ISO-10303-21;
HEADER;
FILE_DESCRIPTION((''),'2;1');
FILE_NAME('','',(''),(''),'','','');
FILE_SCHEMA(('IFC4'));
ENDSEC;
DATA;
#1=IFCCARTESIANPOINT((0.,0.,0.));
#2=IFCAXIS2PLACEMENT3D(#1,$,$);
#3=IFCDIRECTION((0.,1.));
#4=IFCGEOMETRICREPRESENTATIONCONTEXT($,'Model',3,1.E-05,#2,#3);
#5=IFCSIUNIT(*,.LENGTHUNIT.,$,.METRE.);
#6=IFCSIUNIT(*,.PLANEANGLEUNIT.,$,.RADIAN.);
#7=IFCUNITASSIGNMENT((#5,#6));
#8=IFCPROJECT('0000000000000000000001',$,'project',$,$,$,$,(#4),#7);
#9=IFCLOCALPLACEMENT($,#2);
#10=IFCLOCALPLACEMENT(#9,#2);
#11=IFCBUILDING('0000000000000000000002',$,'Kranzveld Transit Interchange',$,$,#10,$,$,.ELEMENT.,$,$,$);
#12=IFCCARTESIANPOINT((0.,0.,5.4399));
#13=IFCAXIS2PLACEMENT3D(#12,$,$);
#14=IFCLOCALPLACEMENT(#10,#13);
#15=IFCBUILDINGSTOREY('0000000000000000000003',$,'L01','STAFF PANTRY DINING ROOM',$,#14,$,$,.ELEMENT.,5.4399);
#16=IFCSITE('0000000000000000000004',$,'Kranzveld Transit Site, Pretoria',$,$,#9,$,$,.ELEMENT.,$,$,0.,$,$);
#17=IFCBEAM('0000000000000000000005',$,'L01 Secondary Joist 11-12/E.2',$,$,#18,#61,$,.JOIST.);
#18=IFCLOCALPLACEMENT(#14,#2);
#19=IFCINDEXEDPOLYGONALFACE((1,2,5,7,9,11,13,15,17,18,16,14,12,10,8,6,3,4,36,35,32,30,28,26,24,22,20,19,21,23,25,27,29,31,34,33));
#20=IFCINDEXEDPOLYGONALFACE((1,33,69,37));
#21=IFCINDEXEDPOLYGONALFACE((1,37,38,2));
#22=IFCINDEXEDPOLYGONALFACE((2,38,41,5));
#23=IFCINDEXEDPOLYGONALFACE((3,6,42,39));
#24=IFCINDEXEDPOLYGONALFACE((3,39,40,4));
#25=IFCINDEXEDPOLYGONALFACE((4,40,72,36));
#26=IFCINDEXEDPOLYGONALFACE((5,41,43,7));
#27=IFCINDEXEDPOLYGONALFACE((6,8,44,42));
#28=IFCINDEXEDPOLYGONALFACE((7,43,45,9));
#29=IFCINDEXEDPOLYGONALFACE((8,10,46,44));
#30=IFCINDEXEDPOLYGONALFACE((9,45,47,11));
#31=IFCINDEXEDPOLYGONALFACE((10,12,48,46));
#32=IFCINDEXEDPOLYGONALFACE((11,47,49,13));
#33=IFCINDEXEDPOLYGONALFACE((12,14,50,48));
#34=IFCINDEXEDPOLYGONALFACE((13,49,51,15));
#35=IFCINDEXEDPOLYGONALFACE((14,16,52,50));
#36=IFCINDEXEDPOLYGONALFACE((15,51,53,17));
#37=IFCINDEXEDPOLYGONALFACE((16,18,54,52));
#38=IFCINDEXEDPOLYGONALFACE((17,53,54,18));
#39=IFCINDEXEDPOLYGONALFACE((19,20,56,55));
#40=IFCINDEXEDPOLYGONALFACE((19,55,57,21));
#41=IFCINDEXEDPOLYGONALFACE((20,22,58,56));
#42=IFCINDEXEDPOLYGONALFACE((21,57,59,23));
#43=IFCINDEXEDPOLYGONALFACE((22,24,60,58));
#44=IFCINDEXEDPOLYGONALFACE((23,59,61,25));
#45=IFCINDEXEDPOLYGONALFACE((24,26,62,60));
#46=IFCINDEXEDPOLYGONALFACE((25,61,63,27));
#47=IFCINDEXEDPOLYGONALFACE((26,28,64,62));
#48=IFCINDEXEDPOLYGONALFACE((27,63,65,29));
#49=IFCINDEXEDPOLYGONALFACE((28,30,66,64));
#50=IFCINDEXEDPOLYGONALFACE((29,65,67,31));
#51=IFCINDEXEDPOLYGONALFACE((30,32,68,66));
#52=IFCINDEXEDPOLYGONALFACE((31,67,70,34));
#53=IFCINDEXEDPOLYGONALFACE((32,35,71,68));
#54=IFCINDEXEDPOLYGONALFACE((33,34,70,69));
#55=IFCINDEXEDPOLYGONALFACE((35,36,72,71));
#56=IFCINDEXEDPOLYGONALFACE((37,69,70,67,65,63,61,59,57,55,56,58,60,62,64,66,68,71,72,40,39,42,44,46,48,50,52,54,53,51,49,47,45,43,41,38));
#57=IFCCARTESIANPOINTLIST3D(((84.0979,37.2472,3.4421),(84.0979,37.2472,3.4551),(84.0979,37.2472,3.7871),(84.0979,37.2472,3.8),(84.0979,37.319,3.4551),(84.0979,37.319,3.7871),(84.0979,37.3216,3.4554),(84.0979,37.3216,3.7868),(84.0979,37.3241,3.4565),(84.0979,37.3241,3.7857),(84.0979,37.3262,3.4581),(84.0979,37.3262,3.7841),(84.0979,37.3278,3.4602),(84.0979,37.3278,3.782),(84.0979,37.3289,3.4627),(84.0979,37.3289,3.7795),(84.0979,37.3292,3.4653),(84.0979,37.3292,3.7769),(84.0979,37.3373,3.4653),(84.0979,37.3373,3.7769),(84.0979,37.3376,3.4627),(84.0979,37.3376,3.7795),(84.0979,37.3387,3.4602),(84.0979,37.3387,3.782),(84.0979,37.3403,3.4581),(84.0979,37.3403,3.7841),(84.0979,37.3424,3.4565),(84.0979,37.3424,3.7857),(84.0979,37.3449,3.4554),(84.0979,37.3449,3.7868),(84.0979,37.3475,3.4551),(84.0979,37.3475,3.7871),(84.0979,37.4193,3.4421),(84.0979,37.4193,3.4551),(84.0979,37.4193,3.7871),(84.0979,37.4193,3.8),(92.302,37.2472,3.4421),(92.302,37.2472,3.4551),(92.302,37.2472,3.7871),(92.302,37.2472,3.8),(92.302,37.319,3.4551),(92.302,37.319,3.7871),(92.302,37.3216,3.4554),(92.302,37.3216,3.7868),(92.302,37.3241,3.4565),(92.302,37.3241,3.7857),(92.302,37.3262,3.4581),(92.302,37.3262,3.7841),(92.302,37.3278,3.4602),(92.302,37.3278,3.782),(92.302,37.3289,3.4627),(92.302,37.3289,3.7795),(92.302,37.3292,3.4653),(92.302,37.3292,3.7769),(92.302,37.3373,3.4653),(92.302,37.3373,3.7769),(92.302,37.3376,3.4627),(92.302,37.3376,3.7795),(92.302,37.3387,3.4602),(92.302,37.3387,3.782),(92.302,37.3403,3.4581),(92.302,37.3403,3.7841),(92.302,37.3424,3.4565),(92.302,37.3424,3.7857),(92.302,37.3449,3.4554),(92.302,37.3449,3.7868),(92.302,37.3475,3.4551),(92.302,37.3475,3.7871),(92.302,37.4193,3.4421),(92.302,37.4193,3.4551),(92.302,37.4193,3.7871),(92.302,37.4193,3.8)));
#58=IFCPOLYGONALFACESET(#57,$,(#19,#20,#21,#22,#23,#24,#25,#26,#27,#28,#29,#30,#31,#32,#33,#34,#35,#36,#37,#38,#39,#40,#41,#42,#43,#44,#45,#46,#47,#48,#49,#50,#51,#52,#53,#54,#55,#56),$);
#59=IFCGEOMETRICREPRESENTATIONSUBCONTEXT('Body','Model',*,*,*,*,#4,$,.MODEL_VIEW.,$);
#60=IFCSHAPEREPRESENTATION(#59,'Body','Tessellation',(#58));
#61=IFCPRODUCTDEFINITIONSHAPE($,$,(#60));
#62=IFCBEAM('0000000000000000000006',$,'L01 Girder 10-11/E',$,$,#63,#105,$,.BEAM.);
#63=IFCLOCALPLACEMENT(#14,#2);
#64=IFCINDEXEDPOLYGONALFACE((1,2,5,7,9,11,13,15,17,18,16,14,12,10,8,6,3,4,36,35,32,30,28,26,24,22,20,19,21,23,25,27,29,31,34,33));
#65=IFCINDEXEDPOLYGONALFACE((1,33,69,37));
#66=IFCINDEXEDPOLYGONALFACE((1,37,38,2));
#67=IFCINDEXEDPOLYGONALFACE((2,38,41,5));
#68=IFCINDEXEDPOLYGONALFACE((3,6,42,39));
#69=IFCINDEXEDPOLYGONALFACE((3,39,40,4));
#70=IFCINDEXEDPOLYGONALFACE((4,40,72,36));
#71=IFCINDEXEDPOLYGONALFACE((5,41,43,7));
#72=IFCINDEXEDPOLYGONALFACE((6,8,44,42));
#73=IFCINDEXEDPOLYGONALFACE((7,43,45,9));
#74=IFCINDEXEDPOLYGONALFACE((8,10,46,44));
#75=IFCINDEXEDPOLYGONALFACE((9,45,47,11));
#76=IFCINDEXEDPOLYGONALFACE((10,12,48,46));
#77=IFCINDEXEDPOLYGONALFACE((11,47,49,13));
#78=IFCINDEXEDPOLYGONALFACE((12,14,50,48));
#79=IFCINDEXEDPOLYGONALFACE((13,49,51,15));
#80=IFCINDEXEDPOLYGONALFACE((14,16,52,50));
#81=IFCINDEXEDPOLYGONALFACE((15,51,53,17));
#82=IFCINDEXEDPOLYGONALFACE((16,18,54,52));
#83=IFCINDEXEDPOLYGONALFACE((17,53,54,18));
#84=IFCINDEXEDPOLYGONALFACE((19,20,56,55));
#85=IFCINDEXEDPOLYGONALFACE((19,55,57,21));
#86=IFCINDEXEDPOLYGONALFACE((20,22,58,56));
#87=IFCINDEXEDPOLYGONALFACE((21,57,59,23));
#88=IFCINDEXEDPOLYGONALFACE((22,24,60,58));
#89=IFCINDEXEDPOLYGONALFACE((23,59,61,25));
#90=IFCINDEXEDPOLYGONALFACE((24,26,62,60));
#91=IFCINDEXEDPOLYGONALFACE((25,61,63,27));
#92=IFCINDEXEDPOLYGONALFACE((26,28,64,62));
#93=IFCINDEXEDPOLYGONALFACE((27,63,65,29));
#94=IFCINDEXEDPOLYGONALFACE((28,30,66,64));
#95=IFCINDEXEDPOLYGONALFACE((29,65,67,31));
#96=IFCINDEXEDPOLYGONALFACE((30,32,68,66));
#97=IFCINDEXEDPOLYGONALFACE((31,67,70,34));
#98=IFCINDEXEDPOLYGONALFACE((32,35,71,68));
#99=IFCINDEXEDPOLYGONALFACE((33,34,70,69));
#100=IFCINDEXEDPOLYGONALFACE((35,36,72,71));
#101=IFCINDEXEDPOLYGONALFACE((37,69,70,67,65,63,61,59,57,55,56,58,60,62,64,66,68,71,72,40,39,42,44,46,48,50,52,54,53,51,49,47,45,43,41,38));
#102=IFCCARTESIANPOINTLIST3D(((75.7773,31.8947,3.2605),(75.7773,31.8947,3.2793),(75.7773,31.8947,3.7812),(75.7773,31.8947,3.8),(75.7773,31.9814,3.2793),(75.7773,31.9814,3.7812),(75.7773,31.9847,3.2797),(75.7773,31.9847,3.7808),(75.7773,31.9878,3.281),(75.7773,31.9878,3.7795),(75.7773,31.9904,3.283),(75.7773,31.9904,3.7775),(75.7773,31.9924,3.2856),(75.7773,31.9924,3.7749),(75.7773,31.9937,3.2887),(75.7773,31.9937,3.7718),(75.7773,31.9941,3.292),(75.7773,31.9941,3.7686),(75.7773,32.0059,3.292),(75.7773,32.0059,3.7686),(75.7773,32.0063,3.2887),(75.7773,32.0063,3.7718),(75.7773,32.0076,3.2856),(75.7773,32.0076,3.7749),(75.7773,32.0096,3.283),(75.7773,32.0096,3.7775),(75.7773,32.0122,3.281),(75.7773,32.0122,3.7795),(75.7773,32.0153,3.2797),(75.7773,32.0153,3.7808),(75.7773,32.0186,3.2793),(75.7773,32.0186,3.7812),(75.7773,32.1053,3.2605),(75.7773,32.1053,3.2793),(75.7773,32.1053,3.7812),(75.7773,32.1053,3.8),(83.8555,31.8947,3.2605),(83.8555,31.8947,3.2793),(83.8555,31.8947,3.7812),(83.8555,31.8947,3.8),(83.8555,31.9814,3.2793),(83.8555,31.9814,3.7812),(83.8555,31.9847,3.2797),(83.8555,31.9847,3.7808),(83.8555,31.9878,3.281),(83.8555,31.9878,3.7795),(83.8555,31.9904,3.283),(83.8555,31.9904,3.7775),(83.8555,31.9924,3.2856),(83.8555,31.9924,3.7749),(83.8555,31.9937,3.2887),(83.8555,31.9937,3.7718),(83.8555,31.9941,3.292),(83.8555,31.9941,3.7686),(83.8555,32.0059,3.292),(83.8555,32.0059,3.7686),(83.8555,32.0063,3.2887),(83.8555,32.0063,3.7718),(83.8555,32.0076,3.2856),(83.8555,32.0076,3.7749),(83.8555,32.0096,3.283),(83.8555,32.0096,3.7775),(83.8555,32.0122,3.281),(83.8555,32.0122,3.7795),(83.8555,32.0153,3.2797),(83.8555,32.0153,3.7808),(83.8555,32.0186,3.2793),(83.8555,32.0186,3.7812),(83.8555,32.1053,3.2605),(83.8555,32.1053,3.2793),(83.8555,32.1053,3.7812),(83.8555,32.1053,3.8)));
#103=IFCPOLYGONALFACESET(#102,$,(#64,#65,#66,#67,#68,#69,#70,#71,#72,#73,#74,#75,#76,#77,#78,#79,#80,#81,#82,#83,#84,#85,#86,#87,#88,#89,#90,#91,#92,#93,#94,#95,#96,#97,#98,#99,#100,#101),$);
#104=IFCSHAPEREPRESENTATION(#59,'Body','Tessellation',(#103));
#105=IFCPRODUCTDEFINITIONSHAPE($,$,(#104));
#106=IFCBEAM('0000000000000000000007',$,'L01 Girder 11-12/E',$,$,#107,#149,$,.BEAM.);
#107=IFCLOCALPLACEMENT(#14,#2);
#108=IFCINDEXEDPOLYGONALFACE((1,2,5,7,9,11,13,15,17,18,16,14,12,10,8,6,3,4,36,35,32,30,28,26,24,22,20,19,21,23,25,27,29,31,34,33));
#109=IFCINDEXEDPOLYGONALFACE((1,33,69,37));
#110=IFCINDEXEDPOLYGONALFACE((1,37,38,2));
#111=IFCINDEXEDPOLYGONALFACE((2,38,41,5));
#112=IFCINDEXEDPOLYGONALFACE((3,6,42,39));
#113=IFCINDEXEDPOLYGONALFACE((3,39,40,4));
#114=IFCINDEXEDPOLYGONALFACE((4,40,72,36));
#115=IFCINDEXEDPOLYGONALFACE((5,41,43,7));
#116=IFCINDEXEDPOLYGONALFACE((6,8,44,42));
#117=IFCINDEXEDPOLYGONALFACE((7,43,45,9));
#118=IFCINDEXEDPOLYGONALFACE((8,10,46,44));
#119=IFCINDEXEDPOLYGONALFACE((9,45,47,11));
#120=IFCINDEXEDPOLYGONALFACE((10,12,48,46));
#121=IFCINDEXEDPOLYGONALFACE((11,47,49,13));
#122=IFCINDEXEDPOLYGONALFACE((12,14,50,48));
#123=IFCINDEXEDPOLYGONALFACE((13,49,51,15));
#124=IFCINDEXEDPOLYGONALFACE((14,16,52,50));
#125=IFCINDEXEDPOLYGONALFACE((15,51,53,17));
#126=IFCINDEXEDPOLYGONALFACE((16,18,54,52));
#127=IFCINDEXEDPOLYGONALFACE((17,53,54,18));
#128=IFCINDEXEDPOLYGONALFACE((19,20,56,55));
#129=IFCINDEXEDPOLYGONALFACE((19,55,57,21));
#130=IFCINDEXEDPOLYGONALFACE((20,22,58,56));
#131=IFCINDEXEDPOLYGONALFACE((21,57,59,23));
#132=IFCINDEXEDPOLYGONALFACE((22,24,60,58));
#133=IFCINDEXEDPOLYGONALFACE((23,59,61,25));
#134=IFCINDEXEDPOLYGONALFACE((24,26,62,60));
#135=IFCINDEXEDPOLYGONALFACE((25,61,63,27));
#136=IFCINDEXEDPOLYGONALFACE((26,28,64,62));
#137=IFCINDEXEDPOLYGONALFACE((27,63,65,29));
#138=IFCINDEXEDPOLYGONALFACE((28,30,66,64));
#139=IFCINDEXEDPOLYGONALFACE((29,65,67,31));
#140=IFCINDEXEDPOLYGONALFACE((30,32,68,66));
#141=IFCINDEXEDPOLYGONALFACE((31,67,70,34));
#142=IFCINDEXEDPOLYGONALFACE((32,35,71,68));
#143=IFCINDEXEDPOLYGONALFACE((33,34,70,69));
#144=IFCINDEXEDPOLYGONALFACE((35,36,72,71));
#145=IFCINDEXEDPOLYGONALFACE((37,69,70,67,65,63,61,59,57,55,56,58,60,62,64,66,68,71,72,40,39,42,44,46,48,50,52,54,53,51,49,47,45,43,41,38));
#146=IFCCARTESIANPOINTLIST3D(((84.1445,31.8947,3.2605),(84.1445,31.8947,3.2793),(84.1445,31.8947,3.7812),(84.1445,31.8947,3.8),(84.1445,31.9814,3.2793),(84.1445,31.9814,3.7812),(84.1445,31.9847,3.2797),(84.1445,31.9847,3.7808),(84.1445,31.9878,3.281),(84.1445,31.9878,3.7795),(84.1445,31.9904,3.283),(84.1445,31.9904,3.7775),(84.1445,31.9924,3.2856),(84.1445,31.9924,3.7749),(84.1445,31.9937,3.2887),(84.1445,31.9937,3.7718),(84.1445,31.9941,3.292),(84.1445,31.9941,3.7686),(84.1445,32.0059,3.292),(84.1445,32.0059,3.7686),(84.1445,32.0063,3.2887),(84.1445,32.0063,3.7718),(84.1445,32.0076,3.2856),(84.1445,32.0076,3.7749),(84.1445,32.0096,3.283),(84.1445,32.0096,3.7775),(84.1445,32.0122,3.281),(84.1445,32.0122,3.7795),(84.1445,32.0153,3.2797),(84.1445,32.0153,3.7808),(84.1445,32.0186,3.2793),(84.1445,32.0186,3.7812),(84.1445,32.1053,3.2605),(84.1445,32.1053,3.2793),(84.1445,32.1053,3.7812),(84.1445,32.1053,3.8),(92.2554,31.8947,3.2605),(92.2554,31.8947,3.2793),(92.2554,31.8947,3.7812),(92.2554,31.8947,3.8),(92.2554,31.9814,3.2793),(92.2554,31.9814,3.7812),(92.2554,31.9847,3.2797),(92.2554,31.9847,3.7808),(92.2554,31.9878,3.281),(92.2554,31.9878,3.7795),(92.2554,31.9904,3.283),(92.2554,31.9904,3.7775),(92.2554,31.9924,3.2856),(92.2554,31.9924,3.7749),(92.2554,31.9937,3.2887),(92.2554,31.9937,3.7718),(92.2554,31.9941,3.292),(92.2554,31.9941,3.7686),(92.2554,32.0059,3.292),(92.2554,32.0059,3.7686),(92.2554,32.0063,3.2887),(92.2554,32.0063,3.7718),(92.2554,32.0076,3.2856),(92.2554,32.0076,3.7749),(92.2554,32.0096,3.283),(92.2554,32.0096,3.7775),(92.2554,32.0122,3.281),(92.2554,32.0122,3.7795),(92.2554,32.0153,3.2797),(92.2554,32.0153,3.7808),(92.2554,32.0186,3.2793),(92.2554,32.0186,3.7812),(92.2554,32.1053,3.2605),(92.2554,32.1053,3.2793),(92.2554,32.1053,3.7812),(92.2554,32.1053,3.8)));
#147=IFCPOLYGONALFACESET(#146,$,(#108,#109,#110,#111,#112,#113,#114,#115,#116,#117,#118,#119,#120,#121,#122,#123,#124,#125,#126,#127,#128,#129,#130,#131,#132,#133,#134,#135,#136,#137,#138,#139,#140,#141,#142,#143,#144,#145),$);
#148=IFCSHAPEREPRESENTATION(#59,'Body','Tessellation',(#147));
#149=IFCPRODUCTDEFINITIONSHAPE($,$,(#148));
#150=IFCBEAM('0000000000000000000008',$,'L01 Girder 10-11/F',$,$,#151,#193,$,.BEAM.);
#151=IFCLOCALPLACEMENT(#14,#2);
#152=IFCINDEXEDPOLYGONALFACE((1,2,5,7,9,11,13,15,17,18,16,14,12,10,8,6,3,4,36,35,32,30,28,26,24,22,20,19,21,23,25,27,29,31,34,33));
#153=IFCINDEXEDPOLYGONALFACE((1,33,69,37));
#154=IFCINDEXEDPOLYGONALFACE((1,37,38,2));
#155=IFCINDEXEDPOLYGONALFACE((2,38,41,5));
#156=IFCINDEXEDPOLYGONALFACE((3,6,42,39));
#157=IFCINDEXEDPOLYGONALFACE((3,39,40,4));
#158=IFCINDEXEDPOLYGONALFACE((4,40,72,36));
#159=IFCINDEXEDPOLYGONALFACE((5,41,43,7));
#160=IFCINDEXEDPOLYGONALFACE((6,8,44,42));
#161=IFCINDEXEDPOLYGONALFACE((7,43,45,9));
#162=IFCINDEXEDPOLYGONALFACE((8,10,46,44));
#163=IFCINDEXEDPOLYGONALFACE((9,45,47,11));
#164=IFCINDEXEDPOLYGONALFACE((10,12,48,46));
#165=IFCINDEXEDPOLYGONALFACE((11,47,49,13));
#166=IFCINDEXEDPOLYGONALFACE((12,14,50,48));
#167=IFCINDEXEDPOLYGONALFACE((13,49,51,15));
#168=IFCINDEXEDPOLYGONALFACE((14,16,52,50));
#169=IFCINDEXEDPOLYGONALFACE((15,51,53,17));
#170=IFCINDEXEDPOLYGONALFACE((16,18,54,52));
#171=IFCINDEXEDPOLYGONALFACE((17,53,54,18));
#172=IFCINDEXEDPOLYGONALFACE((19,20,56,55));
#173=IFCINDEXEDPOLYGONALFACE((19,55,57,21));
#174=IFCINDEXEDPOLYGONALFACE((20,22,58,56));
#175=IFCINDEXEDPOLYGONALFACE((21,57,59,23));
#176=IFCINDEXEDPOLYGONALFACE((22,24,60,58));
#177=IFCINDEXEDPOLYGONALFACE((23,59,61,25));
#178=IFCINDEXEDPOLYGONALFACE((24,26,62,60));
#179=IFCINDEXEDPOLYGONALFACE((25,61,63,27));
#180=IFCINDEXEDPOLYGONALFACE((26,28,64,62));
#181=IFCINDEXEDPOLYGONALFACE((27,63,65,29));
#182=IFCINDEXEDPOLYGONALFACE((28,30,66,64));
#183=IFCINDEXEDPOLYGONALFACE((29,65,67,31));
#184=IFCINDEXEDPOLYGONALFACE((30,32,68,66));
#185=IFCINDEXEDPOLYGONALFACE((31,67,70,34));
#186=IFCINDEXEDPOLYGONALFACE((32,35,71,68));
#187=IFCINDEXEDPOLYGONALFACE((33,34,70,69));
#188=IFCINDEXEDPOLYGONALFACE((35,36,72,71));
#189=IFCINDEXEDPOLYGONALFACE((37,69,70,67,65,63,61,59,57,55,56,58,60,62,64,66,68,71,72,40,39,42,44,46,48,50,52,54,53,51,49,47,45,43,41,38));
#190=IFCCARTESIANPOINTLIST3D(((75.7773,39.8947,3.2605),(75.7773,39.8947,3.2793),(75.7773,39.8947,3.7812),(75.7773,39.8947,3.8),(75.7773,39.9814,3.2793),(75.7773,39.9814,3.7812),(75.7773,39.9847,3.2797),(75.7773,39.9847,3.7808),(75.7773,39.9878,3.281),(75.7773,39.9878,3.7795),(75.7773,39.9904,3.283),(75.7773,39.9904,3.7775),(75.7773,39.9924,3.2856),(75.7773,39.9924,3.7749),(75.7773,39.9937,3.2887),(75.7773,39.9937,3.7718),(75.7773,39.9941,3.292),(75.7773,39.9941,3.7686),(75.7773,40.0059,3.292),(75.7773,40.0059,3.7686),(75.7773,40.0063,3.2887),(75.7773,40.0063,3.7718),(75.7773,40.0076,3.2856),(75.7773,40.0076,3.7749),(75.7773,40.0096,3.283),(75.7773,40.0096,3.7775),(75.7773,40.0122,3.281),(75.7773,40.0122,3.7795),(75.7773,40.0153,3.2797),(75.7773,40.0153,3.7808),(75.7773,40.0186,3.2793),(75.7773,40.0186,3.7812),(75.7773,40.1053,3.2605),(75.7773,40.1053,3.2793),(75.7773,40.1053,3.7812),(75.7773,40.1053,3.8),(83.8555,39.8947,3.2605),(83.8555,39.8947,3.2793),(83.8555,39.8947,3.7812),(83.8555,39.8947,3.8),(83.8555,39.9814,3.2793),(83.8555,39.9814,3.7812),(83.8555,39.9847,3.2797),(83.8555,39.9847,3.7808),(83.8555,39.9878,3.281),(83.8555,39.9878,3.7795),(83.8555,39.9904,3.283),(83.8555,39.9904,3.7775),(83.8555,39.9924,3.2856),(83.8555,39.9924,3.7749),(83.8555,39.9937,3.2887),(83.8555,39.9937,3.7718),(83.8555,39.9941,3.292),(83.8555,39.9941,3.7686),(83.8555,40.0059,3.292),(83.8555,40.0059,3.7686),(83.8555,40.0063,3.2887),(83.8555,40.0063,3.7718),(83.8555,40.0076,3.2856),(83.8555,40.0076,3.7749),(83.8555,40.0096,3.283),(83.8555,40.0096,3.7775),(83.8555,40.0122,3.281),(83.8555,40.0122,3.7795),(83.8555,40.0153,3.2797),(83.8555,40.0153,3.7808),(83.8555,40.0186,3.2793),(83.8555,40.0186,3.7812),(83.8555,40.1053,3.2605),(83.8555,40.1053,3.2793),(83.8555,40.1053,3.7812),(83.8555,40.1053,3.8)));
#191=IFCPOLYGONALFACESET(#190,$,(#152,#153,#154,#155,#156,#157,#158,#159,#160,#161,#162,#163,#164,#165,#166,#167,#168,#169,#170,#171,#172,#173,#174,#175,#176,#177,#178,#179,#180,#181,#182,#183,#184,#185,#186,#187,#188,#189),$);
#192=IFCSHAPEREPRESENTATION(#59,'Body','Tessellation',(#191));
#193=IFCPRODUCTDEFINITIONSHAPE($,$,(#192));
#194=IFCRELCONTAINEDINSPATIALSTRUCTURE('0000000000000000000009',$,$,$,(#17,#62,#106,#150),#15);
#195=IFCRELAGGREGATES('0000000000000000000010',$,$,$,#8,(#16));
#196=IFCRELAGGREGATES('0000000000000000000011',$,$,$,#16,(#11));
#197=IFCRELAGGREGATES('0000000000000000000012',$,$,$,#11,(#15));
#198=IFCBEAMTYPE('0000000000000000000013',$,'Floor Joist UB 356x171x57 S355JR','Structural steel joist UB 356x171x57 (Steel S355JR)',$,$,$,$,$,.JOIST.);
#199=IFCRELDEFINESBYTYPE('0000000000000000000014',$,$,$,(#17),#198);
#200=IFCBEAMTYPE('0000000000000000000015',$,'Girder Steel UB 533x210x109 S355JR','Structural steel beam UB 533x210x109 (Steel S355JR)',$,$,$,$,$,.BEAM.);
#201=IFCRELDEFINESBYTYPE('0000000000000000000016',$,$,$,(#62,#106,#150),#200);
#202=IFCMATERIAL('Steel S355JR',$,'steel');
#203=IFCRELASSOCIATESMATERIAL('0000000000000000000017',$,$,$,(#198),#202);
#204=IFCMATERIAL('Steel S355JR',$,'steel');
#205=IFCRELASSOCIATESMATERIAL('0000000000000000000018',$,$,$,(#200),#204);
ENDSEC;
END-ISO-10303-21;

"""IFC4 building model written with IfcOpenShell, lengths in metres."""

from ifc_helpers import new_model, si_unit, direction, frame, origin, origin_2d, place, context, subcontext, project, spatial, i_section, extrude, material, material_profile, profile_set, type_object, element, save


model = new_model("IFC4")

# Units and contexts
model_context = context("Model", 3, precision=1e-05, world=origin(), true_north=direction((0.0, 1.0)))
body_context = subcontext(model_context, "Body", "Model", "MODEL_VIEW")
ifc_project = project(units=[si_unit("LENGTHUNIT", "METRE"), si_unit("PLANEANGLEUNIT", "RADIAN")], contexts=[model_context])

# Site, building, storey
site_placement = place(None, origin())
site = spatial("IfcSite", under=ifc_project, at=site_placement, Name="Kranzveld Transit Site, Pretoria", CompositionType="ELEMENT", RefElevation=0.0)
building_placement = place(site_placement, origin())
building = spatial("IfcBuilding", under=site, at=building_placement, Name="Kranzveld Transit Interchange", CompositionType="ELEMENT")
storey_placement = place(building_placement, frame((0.0, 0.0, 5.4399)))
storey = spatial("IfcBuildingStorey", under=building, at=storey_placement, Name="L01", Description="STAFF PANTRY DINING ROOM", CompositionType="ELEMENT", Elevation=5.4399)

# Beams
ifc_material_1 = material(Name="Steel S355JR", Category="steel")
ifc_material_profile_1 = material_profile(ifc_material_1, i_section(OverallWidth=0.1721, OverallDepth=0.3579, WebThickness=0.0081, FlangeThickness=0.0129, FilletRadius=0.0103, at=origin_2d()), Name="UB 356x171x57")
ifc_profile_set_1 = profile_set([ifc_material_profile_1], Name="Steel S355JR")
beam_type_1 = type_object("IfcBeamType", Name="Floor Joist UB 356x171x57 S355JR", Description="Structural steel joist UB 356x171x57 (Steel S355JR)", PredefinedType="JOIST", material=ifc_profile_set_1)
for number, where, z_axis, x_axis, name in (
    (1, (84.0979, 37.3333, 3.6211), (1.0, 0.0, 0.0), (0.0, 1.0, 0.0), "L01 Secondary Joist 11-12/E.2"),
):
    element("IfcBeam", number, at=place(storey_placement, frame(where, z_axis=z_axis, x_axis=x_axis)), inside=storey, type_object=beam_type_1, Name=name, PredefinedType="JOIST", context=body_context, shape_type="SweptSolid", body=[
        extrude(i_section(OverallWidth=0.1721, OverallDepth=0.3579, WebThickness=0.0081, FlangeThickness=0.0129, FilletRadius=0.0103, at=origin_2d()), origin(), (0.0, 0.0, 1.0), 8.2041),
    ])
ifc_material_2 = material(Name="Steel S355JR", Category="steel")
ifc_material_profile_2 = material_profile(ifc_material_2, i_section(OverallWidth=0.2107, OverallDepth=0.5396, WebThickness=0.0117, FlangeThickness=0.0188, FilletRadius=0.0127, at=origin_2d()), Name="UB 533x210x109")
ifc_profile_set_2 = profile_set([ifc_material_profile_2], Name="Steel S355JR")
beam_type_2 = type_object("IfcBeamType", Name="Girder Steel UB 533x210x109 S355JR", Description="Structural steel beam UB 533x210x109 (Steel S355JR)", PredefinedType="BEAM", material=ifc_profile_set_2)
beam_1_placement = place(storey_placement, frame((75.7773, 32.0, 3.5303), z_axis=(1.0, 0.0, 0.0), x_axis=(0.0, 1.0, 0.0)))
element("IfcBeam", 2, at=beam_1_placement, inside=storey, type_object=beam_type_2, Name="L01 Girder 10-11/E", PredefinedType="BEAM", context=body_context, shape_type="SweptSolid", body=[
    extrude(i_section(OverallWidth=0.2107, OverallDepth=0.5396, WebThickness=0.0117, FlangeThickness=0.0188, FilletRadius=0.0127, at=origin_2d()), origin(), (0.0, 0.0, 1.0), 8.0781),
])
beam_2_placement = place(storey_placement, frame((84.1445, 32.0, 3.5303), z_axis=(1.0, 0.0, 0.0), x_axis=(0.0, 1.0, 0.0)))
element("IfcBeam", 3, at=beam_2_placement, inside=storey, type_object=beam_type_2, Name="L01 Girder 11-12/E", PredefinedType="BEAM", context=body_context, shape_type="SweptSolid", body=[
    extrude(i_section(OverallWidth=0.2107, OverallDepth=0.5396, WebThickness=0.0117, FlangeThickness=0.0188, FilletRadius=0.0127, at=origin_2d()), origin(), (0.0, 0.0, 1.0), 8.1108),
])
beam_3_placement = place(storey_placement, frame((75.7773, 40.0, 3.5303), z_axis=(1.0, 0.0, 0.0), x_axis=(0.0, 1.0, 0.0)))
element("IfcBeam", 4, at=beam_3_placement, inside=storey, type_object=beam_type_2, Name="L01 Girder 10-11/F", PredefinedType="BEAM", context=body_context, shape_type="SweptSolid", body=[
    extrude(i_section(OverallWidth=0.2107, OverallDepth=0.5396, WebThickness=0.0117, FlangeThickness=0.0188, FilletRadius=0.0127, at=origin_2d()), origin(), (0.0, 0.0, 1.0), 8.0781),
])

save(model, "model.ifc")
